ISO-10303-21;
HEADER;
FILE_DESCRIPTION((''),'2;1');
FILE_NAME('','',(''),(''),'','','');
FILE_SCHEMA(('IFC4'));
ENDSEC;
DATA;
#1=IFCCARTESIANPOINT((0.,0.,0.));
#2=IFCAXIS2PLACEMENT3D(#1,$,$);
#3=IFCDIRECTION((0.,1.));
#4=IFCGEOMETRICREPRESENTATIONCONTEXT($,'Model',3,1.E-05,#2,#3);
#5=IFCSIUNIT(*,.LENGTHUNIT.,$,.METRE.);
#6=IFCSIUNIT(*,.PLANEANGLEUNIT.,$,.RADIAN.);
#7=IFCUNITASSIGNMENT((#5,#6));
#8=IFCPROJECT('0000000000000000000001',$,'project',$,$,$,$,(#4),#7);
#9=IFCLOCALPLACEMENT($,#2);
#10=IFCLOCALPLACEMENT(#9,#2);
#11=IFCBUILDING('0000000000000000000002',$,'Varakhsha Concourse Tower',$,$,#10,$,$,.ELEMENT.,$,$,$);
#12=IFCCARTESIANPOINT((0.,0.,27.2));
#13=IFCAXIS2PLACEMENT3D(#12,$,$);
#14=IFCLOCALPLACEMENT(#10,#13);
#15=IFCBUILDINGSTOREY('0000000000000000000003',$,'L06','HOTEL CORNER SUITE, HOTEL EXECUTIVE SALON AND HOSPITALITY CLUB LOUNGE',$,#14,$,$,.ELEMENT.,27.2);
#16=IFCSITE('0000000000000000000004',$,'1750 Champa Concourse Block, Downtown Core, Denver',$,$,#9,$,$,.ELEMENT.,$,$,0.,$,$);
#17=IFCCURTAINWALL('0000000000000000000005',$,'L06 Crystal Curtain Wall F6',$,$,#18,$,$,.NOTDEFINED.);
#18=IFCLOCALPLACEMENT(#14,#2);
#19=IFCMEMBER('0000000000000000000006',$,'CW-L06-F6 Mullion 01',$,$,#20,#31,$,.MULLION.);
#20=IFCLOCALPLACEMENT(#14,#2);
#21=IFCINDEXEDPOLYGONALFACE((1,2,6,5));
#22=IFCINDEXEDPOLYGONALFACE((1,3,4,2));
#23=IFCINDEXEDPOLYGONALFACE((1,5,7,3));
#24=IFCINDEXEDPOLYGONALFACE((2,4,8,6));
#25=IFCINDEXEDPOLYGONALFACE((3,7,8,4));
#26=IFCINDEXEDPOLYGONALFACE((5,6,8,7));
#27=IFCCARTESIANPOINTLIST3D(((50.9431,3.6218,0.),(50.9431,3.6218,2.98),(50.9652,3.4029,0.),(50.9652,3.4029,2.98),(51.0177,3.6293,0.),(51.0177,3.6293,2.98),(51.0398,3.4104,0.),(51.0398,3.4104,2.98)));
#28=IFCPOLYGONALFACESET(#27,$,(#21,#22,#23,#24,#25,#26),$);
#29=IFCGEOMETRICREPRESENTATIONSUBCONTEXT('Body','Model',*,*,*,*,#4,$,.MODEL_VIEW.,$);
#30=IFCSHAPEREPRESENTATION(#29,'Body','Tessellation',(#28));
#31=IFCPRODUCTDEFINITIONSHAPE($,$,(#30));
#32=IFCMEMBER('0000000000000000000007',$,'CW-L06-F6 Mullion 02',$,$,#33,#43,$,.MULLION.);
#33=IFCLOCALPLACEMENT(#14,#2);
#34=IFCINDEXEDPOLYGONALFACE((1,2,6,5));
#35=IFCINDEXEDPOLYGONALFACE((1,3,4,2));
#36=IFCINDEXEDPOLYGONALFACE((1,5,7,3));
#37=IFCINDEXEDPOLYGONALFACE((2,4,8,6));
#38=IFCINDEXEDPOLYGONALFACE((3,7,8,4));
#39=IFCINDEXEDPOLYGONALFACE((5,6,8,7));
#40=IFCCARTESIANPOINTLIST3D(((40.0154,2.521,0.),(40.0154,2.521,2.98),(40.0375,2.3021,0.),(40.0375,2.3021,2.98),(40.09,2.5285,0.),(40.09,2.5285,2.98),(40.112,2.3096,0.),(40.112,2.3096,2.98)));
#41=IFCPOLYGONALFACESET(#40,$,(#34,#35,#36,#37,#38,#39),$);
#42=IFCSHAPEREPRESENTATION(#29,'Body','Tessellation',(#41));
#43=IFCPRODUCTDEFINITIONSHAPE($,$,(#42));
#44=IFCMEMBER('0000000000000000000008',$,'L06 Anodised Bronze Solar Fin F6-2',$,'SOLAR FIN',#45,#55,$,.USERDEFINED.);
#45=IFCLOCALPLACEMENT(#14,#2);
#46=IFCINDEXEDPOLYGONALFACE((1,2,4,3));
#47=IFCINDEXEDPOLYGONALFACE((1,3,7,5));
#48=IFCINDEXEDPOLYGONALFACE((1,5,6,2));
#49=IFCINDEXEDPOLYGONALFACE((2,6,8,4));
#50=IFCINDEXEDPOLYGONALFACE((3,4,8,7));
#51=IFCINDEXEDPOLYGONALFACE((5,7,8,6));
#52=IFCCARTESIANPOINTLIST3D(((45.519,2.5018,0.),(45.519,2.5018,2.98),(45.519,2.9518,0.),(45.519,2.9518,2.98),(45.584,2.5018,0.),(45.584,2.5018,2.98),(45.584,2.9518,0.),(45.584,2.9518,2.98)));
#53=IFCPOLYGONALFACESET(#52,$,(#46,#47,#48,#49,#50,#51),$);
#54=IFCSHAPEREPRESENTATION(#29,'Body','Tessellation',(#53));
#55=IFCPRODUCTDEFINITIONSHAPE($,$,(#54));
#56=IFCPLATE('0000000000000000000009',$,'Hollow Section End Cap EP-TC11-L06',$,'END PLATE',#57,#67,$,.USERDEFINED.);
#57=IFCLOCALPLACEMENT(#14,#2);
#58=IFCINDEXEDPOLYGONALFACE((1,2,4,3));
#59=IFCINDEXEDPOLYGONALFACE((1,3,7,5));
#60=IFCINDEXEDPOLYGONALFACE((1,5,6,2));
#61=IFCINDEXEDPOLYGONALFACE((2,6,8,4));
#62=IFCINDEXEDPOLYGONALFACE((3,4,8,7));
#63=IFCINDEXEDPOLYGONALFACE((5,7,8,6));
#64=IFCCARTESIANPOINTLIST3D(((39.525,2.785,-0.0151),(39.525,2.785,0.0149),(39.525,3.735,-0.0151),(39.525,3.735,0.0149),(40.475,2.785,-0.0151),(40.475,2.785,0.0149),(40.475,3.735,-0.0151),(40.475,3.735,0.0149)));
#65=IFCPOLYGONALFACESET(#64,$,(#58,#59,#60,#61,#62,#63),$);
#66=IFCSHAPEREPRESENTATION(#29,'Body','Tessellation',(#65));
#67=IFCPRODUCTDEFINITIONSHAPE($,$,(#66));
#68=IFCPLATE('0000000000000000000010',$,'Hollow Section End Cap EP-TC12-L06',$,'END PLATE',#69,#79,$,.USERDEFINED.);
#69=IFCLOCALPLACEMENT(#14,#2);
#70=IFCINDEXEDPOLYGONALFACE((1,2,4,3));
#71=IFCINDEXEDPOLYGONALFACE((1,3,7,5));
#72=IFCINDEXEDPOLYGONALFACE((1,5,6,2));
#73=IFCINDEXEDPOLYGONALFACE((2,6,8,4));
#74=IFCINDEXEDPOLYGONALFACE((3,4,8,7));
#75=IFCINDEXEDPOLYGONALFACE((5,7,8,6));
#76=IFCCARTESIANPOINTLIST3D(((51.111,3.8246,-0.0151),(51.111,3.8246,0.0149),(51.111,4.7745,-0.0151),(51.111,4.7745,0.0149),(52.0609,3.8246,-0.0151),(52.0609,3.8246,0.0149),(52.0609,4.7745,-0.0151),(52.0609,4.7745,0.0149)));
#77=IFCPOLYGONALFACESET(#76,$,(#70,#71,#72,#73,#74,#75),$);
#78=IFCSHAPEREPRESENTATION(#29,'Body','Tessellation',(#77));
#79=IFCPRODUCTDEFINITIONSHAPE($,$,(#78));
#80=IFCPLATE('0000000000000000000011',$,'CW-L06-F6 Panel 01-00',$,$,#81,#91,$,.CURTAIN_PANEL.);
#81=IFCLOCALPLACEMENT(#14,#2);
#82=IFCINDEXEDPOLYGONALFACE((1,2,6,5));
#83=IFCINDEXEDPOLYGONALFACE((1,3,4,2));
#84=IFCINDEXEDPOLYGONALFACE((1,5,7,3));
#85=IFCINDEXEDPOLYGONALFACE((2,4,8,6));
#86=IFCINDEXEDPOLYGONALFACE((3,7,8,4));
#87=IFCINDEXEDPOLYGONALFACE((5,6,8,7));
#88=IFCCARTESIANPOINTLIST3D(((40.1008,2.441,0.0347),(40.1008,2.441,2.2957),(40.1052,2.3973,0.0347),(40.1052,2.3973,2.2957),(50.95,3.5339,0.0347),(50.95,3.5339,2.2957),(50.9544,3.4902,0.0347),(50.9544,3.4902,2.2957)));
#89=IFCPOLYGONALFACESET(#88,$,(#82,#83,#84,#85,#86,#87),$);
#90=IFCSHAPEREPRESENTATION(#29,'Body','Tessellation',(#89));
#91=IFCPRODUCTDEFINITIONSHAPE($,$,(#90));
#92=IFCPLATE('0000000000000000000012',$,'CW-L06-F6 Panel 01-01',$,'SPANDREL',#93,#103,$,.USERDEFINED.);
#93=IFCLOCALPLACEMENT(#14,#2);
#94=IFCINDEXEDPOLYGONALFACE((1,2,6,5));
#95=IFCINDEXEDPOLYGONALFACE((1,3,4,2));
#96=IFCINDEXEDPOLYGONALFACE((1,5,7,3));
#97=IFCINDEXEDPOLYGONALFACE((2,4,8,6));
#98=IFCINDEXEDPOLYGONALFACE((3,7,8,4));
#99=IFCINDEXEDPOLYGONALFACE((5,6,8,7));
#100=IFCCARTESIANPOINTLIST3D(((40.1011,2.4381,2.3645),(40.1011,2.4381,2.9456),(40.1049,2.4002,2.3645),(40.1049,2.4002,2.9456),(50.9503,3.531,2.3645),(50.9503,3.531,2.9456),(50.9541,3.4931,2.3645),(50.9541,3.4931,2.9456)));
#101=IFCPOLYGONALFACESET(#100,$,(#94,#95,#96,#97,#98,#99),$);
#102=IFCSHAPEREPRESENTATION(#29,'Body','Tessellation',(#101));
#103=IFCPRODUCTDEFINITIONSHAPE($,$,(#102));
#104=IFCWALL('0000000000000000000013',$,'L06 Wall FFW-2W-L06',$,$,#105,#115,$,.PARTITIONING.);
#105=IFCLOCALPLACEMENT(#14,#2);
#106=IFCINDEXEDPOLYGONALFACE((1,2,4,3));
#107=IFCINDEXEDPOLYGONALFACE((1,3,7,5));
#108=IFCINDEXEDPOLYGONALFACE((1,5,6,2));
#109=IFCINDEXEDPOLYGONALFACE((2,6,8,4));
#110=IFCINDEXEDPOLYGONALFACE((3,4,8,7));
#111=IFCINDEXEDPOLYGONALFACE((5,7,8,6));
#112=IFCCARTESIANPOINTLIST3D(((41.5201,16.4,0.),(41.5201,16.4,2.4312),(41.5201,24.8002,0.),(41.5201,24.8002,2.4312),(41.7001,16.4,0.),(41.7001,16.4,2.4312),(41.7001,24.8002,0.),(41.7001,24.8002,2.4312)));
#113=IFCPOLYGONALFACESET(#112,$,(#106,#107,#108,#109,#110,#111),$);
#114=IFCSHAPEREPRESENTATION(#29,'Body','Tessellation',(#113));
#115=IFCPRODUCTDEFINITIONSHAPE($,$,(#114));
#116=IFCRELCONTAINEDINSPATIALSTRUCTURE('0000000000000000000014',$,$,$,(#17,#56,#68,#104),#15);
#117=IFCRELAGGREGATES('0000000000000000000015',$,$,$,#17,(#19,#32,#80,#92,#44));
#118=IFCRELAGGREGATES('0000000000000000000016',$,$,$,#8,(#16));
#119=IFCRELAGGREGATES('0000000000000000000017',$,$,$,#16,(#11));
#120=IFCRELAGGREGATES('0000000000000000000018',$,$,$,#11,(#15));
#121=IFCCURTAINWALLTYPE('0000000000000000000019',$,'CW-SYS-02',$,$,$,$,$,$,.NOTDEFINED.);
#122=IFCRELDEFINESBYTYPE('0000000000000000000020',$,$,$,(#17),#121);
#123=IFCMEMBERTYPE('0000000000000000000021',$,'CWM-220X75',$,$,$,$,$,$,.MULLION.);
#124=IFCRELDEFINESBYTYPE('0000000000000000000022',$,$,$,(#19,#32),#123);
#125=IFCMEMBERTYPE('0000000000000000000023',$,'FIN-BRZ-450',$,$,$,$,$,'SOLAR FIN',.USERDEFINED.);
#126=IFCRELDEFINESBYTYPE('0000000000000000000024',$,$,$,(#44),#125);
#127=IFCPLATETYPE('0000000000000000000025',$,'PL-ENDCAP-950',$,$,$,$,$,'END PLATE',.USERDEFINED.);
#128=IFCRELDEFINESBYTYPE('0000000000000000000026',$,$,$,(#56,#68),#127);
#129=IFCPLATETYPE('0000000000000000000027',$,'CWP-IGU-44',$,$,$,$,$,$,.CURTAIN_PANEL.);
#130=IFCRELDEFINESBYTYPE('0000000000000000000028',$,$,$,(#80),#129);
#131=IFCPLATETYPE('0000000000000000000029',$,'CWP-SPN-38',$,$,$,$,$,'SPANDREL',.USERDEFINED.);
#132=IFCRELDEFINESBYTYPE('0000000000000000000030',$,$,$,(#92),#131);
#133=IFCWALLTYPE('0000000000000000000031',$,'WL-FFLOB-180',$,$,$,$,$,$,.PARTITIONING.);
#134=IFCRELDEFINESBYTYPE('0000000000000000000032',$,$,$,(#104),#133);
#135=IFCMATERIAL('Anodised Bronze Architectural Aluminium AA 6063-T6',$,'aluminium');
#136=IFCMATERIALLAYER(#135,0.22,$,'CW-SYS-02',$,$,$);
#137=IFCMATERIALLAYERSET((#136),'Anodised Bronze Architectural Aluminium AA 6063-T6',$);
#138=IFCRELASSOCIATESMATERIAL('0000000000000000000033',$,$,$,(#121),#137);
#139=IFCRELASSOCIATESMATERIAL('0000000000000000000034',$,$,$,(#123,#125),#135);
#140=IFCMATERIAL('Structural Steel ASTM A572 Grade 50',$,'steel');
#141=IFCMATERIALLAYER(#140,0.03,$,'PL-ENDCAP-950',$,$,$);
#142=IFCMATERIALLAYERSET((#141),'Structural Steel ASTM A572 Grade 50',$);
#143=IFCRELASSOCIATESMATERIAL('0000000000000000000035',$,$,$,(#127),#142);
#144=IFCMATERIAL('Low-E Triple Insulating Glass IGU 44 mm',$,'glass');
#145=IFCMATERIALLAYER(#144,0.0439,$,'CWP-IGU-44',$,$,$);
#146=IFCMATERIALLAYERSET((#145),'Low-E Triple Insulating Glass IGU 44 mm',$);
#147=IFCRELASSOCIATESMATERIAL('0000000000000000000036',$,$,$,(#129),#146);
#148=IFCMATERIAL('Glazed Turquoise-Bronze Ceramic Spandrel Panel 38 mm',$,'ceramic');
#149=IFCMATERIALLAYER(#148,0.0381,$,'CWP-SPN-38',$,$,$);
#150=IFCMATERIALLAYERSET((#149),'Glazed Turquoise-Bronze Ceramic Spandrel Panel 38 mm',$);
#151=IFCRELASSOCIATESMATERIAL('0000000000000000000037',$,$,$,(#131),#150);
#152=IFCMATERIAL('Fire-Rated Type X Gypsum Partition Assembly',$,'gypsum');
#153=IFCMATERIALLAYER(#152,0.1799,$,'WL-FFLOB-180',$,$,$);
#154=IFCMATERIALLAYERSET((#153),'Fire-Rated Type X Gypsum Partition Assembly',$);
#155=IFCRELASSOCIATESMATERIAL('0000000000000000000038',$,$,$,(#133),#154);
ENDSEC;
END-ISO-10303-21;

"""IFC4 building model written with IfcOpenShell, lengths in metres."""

from ifc_helpers import new_model, si_unit, direction, frame, frame_2d, origin, origin_2d, place, context, subcontext, project, spatial, rectangle, extrude, source, transform, mapped, material, layer, layer_set, material_profile, profile_set, type_object, type_shapes, element, aggregate, save


model = new_model("IFC4")

# Units and contexts
model_context = context("Model", 3, precision=1e-05, world=origin(), true_north=direction((0.0, 1.0)))
body_context = subcontext(model_context, "Body", "Model", "MODEL_VIEW")
ifc_project = project(units=[si_unit("LENGTHUNIT", "METRE"), si_unit("PLANEANGLEUNIT", "RADIAN")], contexts=[model_context])

# Site, building, storey
site_placement = place(None, origin())
site = spatial("IfcSite", under=ifc_project, at=site_placement, Name="1750 Champa Concourse Block, Downtown Core, Denver", CompositionType="ELEMENT", RefElevation=0.0)
building_placement = place(site_placement, origin())
building = spatial("IfcBuilding", under=site, at=building_placement, Name="Varakhsha Concourse Tower", CompositionType="ELEMENT")
storey_placement = place(building_placement, frame((0.0, 0.0, 27.2)))
storey = spatial("IfcBuildingStorey", under=building, at=storey_placement, Name="L06", Description="HOTEL CORNER SUITE, HOTEL EXECUTIVE SALON AND HOSPITALITY CLUB LOUNGE", CompositionType="ELEMENT", Elevation=27.2)

# Shared definitions
ifc_material_1 = material(Name="Structural Steel ASTM A572 Grade 50", Category="steel")

# Curtain wall, members
ifc_material_2 = material(Name="Anodised Bronze Architectural Aluminium AA 6063-T6", Category="aluminium")
ifc_layer_1 = layer(ifc_material_2, 0.22, Name="CW-SYS-02")
ifc_layer_set_1 = layer_set([ifc_layer_1], Name="Anodised Bronze Architectural Aluminium AA 6063-T6")
curtain_wall_type = type_object("IfcCurtainWallType", Name="CW-SYS-02", PredefinedType="NOTDEFINED", material=ifc_layer_set_1)
curtain_wall_placement = place(storey_placement, origin())
curtain_wall = element("IfcCurtainWall", 1, at=curtain_wall_placement, inside=storey, type_object=curtain_wall_type, Name="L06 Crystal Curtain Wall F6", PredefinedType="NOTDEFINED")
ifc_material_profile_1 = material_profile(ifc_material_2, rectangle(XDim=0.075, YDim=0.22, at=origin_2d()), Name="CWM-220X75")
ifc_profile_set_1 = profile_set([ifc_material_profile_1], Name="Anodised Bronze Architectural Aluminium AA 6063-T6")
member_type_1 = type_object("IfcMemberType", Name="CWM-220X75", PredefinedType="MULLION", material=ifc_profile_set_1)
shared_shape_1 = source(origin(), body_context, "Body", "SweptSolid", [
    extrude(rectangle(XDim=0.075, YDim=0.22, at=origin_2d()), origin(), (0.0, 0.0, 1.0), 2.98),
])
type_shapes(member_type_1, [shared_shape_1])
member_1_placement = place(storey_placement, frame((50.9915, 3.5161, 0.0), z_axis=(0.0, 0.0, 1.0), x_axis=(-0.994965, -0.100226, 0.0)))
member_1 = element("IfcMember", 2, at=member_1_placement, type_object=member_type_1, Name="CW-L06-F6 Mullion 01", PredefinedType="MULLION", context=body_context, shape_type="MappedRepresentation", body=[
    mapped(shared_shape_1, transform((0.0, 0.0, 0.0), scale=1.0)),
])
member_2_placement = place(storey_placement, frame((40.0637, 2.4153, 0.0), z_axis=(0.0, 0.0, 1.0), x_axis=(-0.994965, -0.100226, 0.0)))
member_2 = element("IfcMember", 3, at=member_2_placement, type_object=member_type_1, Name="CW-L06-F6 Mullion 02", PredefinedType="MULLION", context=body_context, shape_type="MappedRepresentation", body=[
    mapped(shared_shape_1, transform((0.0, 0.0, 0.0), scale=1.0)),
])
ifc_material_profile_2 = material_profile(ifc_material_2, rectangle(XDim=0.0649, YDim=0.45, at=origin_2d()), Name="FIN-BRZ-450")
ifc_profile_set_2 = profile_set([ifc_material_profile_2], Name="Anodised Bronze Architectural Aluminium AA 6063-T6")
member_type_2 = type_object("IfcMemberType", Name="FIN-BRZ-450", ElementType="SOLAR FIN", PredefinedType="USERDEFINED", material=ifc_profile_set_2)
shared_shape_2 = source(origin(), body_context, "Body", "SweptSolid", [
    extrude(rectangle(XDim=0.0649, YDim=0.45, at=origin_2d()), origin(), (0.0, 0.0, 1.0), 2.98),
])
type_shapes(member_type_2, [shared_shape_2])
member_3_placement = place(storey_placement, frame((45.5515, 2.7268, 0.0), z_axis=(0.0, 0.0, 1.0), x_axis=(1.0, 0.0, 0.0)))
member_3 = element("IfcMember", 4, at=member_3_placement, type_object=member_type_2, Name="L06 Anodised Bronze Solar Fin F6-2", ObjectType="SOLAR FIN", PredefinedType="USERDEFINED", context=body_context, shape_type="MappedRepresentation", body=[
    mapped(shared_shape_2, transform((0.0, 0.0, 0.0), scale=1.0)),
])

# Plates
ifc_layer_2 = layer(ifc_material_1, 0.03, Name="PL-ENDCAP-950")
ifc_layer_set_2 = layer_set([ifc_layer_2], Name="Structural Steel ASTM A572 Grade 50")
plate_type_1 = type_object("IfcPlateType", Name="PL-ENDCAP-950", ElementType="END PLATE", PredefinedType="USERDEFINED", material=ifc_layer_set_2)
shared_shape_3 = source(origin(), body_context, "Body", "SweptSolid", [
    extrude(rectangle(XDim=0.95, YDim=0.95, at=origin_2d()), origin(), (0.0, 0.0, 1.0), 0.03),
])
type_shapes(plate_type_1, [shared_shape_3])
for number, where, z_axis, x_axis, name in (
    (5, (40.0, 3.26, -0.0151), (0.0, 0.0, 1.0), (1.0, 0.0, 0.0), "Hollow Section End Cap EP-TC11-L06"),
    (6, (51.5859, 4.2996, -0.0151), (0.0, 0.0, 1.0), (1.0, 0.0, 0.0), "Hollow Section End Cap EP-TC12-L06"),
):
    element("IfcPlate", number, at=place(storey_placement, frame(where, z_axis=z_axis, x_axis=x_axis)), inside=storey, type_object=plate_type_1, Name=name, ObjectType="END PLATE", PredefinedType="USERDEFINED", context=body_context, shape_type="MappedRepresentation", body=[
        mapped(shared_shape_3, transform((0.0, 0.0, 0.0), scale=1.0)),
    ])

# Plates
ifc_material_3 = material(Name="Low-E Triple Insulating Glass IGU 44 mm", Category="glass")
ifc_layer_3 = layer(ifc_material_3, 0.0439, Name="CWP-IGU-44")
ifc_layer_set_3 = layer_set([ifc_layer_3], Name="Low-E Triple Insulating Glass IGU 44 mm")
plate_type_2 = type_object("IfcPlateType", Name="CWP-IGU-44", PredefinedType="CURTAIN_PANEL", material=ifc_layer_set_3)
shared_shape_4 = source(origin(), body_context, "Body", "SweptSolid", [
    extrude(rectangle(XDim=10.9041, YDim=0.0439, at=origin_2d()), origin(), (0.0, 0.0, 1.0), 2.261),
])
type_shapes(plate_type_2, [shared_shape_4])
plate_1_placement = place(storey_placement, frame((45.5276, 2.9656, 0.0347), z_axis=(0.0, 0.0, 1.0), x_axis=(-0.994965, -0.100226, 0.0)))
plate_1 = element("IfcPlate", 7, at=plate_1_placement, type_object=plate_type_2, Name="CW-L06-F6 Panel 01-00", PredefinedType="CURTAIN_PANEL", context=body_context, shape_type="MappedRepresentation", body=[
    mapped(shared_shape_4, transform((0.0, 0.0, 0.0), scale=1.0)),
])
ifc_material_4 = material(Name="Glazed Turquoise-Bronze Ceramic Spandrel Panel 38 mm", Category="ceramic")
ifc_layer_4 = layer(ifc_material_4, 0.0381, Name="CWP-SPN-38")
ifc_layer_set_4 = layer_set([ifc_layer_4], Name="Glazed Turquoise-Bronze Ceramic Spandrel Panel 38 mm")
plate_type_3 = type_object("IfcPlateType", Name="CWP-SPN-38", ElementType="SPANDREL", PredefinedType="USERDEFINED", material=ifc_layer_set_4)
shared_shape_5 = source(origin(), body_context, "Body", "SweptSolid", [
    extrude(rectangle(XDim=10.9041, YDim=0.0381, at=origin_2d()), origin(), (0.0, 0.0, 1.0), 0.5811),
])
type_shapes(plate_type_3, [shared_shape_5])
plate_2_placement = place(storey_placement, frame((45.5276, 2.9656, 2.3645), z_axis=(0.0, 0.0, 1.0), x_axis=(-0.994965, -0.100226, 0.0)))
plate_2 = element("IfcPlate", 8, at=plate_2_placement, type_object=plate_type_3, Name="CW-L06-F6 Panel 01-01", ObjectType="SPANDREL", PredefinedType="USERDEFINED", context=body_context, shape_type="MappedRepresentation", body=[
    mapped(shared_shape_5, transform((0.0, 0.0, 0.0), scale=1.0)),
])
aggregate(curtain_wall, [member_1, member_2, plate_1, plate_2, member_3])

# Wall
ifc_material_5 = material(Name="Fire-Rated Type X Gypsum Partition Assembly", Category="gypsum")
ifc_layer_5 = layer(ifc_material_5, 0.1799, Name="WL-FFLOB-180")
ifc_layer_set_5 = layer_set([ifc_layer_5], Name="Fire-Rated Type X Gypsum Partition Assembly")
wall_type_1 = type_object("IfcWallType", Name="WL-FFLOB-180", PredefinedType="PARTITIONING", material=ifc_layer_set_5)
wall_1_placement = place(storey_placement, frame((41.6101, 16.3999, 0.0), z_axis=(0.0, 0.0, 1.0), x_axis=(0.0, 1.0, 0.0)))
element("IfcWall", 9, at=wall_1_placement, inside=storey, type_object=wall_type_1, Name="L06 Wall FFW-2W-L06", PredefinedType="PARTITIONING", context=body_context, shape_type="SweptSolid", body=[
    extrude(rectangle(XDim=8.4001, YDim=0.1799, at=frame_2d((4.2002, 0.0))), origin(), (0.0, 0.0, 1.0), 2.4312),
])

save(model, "model.ifc")
